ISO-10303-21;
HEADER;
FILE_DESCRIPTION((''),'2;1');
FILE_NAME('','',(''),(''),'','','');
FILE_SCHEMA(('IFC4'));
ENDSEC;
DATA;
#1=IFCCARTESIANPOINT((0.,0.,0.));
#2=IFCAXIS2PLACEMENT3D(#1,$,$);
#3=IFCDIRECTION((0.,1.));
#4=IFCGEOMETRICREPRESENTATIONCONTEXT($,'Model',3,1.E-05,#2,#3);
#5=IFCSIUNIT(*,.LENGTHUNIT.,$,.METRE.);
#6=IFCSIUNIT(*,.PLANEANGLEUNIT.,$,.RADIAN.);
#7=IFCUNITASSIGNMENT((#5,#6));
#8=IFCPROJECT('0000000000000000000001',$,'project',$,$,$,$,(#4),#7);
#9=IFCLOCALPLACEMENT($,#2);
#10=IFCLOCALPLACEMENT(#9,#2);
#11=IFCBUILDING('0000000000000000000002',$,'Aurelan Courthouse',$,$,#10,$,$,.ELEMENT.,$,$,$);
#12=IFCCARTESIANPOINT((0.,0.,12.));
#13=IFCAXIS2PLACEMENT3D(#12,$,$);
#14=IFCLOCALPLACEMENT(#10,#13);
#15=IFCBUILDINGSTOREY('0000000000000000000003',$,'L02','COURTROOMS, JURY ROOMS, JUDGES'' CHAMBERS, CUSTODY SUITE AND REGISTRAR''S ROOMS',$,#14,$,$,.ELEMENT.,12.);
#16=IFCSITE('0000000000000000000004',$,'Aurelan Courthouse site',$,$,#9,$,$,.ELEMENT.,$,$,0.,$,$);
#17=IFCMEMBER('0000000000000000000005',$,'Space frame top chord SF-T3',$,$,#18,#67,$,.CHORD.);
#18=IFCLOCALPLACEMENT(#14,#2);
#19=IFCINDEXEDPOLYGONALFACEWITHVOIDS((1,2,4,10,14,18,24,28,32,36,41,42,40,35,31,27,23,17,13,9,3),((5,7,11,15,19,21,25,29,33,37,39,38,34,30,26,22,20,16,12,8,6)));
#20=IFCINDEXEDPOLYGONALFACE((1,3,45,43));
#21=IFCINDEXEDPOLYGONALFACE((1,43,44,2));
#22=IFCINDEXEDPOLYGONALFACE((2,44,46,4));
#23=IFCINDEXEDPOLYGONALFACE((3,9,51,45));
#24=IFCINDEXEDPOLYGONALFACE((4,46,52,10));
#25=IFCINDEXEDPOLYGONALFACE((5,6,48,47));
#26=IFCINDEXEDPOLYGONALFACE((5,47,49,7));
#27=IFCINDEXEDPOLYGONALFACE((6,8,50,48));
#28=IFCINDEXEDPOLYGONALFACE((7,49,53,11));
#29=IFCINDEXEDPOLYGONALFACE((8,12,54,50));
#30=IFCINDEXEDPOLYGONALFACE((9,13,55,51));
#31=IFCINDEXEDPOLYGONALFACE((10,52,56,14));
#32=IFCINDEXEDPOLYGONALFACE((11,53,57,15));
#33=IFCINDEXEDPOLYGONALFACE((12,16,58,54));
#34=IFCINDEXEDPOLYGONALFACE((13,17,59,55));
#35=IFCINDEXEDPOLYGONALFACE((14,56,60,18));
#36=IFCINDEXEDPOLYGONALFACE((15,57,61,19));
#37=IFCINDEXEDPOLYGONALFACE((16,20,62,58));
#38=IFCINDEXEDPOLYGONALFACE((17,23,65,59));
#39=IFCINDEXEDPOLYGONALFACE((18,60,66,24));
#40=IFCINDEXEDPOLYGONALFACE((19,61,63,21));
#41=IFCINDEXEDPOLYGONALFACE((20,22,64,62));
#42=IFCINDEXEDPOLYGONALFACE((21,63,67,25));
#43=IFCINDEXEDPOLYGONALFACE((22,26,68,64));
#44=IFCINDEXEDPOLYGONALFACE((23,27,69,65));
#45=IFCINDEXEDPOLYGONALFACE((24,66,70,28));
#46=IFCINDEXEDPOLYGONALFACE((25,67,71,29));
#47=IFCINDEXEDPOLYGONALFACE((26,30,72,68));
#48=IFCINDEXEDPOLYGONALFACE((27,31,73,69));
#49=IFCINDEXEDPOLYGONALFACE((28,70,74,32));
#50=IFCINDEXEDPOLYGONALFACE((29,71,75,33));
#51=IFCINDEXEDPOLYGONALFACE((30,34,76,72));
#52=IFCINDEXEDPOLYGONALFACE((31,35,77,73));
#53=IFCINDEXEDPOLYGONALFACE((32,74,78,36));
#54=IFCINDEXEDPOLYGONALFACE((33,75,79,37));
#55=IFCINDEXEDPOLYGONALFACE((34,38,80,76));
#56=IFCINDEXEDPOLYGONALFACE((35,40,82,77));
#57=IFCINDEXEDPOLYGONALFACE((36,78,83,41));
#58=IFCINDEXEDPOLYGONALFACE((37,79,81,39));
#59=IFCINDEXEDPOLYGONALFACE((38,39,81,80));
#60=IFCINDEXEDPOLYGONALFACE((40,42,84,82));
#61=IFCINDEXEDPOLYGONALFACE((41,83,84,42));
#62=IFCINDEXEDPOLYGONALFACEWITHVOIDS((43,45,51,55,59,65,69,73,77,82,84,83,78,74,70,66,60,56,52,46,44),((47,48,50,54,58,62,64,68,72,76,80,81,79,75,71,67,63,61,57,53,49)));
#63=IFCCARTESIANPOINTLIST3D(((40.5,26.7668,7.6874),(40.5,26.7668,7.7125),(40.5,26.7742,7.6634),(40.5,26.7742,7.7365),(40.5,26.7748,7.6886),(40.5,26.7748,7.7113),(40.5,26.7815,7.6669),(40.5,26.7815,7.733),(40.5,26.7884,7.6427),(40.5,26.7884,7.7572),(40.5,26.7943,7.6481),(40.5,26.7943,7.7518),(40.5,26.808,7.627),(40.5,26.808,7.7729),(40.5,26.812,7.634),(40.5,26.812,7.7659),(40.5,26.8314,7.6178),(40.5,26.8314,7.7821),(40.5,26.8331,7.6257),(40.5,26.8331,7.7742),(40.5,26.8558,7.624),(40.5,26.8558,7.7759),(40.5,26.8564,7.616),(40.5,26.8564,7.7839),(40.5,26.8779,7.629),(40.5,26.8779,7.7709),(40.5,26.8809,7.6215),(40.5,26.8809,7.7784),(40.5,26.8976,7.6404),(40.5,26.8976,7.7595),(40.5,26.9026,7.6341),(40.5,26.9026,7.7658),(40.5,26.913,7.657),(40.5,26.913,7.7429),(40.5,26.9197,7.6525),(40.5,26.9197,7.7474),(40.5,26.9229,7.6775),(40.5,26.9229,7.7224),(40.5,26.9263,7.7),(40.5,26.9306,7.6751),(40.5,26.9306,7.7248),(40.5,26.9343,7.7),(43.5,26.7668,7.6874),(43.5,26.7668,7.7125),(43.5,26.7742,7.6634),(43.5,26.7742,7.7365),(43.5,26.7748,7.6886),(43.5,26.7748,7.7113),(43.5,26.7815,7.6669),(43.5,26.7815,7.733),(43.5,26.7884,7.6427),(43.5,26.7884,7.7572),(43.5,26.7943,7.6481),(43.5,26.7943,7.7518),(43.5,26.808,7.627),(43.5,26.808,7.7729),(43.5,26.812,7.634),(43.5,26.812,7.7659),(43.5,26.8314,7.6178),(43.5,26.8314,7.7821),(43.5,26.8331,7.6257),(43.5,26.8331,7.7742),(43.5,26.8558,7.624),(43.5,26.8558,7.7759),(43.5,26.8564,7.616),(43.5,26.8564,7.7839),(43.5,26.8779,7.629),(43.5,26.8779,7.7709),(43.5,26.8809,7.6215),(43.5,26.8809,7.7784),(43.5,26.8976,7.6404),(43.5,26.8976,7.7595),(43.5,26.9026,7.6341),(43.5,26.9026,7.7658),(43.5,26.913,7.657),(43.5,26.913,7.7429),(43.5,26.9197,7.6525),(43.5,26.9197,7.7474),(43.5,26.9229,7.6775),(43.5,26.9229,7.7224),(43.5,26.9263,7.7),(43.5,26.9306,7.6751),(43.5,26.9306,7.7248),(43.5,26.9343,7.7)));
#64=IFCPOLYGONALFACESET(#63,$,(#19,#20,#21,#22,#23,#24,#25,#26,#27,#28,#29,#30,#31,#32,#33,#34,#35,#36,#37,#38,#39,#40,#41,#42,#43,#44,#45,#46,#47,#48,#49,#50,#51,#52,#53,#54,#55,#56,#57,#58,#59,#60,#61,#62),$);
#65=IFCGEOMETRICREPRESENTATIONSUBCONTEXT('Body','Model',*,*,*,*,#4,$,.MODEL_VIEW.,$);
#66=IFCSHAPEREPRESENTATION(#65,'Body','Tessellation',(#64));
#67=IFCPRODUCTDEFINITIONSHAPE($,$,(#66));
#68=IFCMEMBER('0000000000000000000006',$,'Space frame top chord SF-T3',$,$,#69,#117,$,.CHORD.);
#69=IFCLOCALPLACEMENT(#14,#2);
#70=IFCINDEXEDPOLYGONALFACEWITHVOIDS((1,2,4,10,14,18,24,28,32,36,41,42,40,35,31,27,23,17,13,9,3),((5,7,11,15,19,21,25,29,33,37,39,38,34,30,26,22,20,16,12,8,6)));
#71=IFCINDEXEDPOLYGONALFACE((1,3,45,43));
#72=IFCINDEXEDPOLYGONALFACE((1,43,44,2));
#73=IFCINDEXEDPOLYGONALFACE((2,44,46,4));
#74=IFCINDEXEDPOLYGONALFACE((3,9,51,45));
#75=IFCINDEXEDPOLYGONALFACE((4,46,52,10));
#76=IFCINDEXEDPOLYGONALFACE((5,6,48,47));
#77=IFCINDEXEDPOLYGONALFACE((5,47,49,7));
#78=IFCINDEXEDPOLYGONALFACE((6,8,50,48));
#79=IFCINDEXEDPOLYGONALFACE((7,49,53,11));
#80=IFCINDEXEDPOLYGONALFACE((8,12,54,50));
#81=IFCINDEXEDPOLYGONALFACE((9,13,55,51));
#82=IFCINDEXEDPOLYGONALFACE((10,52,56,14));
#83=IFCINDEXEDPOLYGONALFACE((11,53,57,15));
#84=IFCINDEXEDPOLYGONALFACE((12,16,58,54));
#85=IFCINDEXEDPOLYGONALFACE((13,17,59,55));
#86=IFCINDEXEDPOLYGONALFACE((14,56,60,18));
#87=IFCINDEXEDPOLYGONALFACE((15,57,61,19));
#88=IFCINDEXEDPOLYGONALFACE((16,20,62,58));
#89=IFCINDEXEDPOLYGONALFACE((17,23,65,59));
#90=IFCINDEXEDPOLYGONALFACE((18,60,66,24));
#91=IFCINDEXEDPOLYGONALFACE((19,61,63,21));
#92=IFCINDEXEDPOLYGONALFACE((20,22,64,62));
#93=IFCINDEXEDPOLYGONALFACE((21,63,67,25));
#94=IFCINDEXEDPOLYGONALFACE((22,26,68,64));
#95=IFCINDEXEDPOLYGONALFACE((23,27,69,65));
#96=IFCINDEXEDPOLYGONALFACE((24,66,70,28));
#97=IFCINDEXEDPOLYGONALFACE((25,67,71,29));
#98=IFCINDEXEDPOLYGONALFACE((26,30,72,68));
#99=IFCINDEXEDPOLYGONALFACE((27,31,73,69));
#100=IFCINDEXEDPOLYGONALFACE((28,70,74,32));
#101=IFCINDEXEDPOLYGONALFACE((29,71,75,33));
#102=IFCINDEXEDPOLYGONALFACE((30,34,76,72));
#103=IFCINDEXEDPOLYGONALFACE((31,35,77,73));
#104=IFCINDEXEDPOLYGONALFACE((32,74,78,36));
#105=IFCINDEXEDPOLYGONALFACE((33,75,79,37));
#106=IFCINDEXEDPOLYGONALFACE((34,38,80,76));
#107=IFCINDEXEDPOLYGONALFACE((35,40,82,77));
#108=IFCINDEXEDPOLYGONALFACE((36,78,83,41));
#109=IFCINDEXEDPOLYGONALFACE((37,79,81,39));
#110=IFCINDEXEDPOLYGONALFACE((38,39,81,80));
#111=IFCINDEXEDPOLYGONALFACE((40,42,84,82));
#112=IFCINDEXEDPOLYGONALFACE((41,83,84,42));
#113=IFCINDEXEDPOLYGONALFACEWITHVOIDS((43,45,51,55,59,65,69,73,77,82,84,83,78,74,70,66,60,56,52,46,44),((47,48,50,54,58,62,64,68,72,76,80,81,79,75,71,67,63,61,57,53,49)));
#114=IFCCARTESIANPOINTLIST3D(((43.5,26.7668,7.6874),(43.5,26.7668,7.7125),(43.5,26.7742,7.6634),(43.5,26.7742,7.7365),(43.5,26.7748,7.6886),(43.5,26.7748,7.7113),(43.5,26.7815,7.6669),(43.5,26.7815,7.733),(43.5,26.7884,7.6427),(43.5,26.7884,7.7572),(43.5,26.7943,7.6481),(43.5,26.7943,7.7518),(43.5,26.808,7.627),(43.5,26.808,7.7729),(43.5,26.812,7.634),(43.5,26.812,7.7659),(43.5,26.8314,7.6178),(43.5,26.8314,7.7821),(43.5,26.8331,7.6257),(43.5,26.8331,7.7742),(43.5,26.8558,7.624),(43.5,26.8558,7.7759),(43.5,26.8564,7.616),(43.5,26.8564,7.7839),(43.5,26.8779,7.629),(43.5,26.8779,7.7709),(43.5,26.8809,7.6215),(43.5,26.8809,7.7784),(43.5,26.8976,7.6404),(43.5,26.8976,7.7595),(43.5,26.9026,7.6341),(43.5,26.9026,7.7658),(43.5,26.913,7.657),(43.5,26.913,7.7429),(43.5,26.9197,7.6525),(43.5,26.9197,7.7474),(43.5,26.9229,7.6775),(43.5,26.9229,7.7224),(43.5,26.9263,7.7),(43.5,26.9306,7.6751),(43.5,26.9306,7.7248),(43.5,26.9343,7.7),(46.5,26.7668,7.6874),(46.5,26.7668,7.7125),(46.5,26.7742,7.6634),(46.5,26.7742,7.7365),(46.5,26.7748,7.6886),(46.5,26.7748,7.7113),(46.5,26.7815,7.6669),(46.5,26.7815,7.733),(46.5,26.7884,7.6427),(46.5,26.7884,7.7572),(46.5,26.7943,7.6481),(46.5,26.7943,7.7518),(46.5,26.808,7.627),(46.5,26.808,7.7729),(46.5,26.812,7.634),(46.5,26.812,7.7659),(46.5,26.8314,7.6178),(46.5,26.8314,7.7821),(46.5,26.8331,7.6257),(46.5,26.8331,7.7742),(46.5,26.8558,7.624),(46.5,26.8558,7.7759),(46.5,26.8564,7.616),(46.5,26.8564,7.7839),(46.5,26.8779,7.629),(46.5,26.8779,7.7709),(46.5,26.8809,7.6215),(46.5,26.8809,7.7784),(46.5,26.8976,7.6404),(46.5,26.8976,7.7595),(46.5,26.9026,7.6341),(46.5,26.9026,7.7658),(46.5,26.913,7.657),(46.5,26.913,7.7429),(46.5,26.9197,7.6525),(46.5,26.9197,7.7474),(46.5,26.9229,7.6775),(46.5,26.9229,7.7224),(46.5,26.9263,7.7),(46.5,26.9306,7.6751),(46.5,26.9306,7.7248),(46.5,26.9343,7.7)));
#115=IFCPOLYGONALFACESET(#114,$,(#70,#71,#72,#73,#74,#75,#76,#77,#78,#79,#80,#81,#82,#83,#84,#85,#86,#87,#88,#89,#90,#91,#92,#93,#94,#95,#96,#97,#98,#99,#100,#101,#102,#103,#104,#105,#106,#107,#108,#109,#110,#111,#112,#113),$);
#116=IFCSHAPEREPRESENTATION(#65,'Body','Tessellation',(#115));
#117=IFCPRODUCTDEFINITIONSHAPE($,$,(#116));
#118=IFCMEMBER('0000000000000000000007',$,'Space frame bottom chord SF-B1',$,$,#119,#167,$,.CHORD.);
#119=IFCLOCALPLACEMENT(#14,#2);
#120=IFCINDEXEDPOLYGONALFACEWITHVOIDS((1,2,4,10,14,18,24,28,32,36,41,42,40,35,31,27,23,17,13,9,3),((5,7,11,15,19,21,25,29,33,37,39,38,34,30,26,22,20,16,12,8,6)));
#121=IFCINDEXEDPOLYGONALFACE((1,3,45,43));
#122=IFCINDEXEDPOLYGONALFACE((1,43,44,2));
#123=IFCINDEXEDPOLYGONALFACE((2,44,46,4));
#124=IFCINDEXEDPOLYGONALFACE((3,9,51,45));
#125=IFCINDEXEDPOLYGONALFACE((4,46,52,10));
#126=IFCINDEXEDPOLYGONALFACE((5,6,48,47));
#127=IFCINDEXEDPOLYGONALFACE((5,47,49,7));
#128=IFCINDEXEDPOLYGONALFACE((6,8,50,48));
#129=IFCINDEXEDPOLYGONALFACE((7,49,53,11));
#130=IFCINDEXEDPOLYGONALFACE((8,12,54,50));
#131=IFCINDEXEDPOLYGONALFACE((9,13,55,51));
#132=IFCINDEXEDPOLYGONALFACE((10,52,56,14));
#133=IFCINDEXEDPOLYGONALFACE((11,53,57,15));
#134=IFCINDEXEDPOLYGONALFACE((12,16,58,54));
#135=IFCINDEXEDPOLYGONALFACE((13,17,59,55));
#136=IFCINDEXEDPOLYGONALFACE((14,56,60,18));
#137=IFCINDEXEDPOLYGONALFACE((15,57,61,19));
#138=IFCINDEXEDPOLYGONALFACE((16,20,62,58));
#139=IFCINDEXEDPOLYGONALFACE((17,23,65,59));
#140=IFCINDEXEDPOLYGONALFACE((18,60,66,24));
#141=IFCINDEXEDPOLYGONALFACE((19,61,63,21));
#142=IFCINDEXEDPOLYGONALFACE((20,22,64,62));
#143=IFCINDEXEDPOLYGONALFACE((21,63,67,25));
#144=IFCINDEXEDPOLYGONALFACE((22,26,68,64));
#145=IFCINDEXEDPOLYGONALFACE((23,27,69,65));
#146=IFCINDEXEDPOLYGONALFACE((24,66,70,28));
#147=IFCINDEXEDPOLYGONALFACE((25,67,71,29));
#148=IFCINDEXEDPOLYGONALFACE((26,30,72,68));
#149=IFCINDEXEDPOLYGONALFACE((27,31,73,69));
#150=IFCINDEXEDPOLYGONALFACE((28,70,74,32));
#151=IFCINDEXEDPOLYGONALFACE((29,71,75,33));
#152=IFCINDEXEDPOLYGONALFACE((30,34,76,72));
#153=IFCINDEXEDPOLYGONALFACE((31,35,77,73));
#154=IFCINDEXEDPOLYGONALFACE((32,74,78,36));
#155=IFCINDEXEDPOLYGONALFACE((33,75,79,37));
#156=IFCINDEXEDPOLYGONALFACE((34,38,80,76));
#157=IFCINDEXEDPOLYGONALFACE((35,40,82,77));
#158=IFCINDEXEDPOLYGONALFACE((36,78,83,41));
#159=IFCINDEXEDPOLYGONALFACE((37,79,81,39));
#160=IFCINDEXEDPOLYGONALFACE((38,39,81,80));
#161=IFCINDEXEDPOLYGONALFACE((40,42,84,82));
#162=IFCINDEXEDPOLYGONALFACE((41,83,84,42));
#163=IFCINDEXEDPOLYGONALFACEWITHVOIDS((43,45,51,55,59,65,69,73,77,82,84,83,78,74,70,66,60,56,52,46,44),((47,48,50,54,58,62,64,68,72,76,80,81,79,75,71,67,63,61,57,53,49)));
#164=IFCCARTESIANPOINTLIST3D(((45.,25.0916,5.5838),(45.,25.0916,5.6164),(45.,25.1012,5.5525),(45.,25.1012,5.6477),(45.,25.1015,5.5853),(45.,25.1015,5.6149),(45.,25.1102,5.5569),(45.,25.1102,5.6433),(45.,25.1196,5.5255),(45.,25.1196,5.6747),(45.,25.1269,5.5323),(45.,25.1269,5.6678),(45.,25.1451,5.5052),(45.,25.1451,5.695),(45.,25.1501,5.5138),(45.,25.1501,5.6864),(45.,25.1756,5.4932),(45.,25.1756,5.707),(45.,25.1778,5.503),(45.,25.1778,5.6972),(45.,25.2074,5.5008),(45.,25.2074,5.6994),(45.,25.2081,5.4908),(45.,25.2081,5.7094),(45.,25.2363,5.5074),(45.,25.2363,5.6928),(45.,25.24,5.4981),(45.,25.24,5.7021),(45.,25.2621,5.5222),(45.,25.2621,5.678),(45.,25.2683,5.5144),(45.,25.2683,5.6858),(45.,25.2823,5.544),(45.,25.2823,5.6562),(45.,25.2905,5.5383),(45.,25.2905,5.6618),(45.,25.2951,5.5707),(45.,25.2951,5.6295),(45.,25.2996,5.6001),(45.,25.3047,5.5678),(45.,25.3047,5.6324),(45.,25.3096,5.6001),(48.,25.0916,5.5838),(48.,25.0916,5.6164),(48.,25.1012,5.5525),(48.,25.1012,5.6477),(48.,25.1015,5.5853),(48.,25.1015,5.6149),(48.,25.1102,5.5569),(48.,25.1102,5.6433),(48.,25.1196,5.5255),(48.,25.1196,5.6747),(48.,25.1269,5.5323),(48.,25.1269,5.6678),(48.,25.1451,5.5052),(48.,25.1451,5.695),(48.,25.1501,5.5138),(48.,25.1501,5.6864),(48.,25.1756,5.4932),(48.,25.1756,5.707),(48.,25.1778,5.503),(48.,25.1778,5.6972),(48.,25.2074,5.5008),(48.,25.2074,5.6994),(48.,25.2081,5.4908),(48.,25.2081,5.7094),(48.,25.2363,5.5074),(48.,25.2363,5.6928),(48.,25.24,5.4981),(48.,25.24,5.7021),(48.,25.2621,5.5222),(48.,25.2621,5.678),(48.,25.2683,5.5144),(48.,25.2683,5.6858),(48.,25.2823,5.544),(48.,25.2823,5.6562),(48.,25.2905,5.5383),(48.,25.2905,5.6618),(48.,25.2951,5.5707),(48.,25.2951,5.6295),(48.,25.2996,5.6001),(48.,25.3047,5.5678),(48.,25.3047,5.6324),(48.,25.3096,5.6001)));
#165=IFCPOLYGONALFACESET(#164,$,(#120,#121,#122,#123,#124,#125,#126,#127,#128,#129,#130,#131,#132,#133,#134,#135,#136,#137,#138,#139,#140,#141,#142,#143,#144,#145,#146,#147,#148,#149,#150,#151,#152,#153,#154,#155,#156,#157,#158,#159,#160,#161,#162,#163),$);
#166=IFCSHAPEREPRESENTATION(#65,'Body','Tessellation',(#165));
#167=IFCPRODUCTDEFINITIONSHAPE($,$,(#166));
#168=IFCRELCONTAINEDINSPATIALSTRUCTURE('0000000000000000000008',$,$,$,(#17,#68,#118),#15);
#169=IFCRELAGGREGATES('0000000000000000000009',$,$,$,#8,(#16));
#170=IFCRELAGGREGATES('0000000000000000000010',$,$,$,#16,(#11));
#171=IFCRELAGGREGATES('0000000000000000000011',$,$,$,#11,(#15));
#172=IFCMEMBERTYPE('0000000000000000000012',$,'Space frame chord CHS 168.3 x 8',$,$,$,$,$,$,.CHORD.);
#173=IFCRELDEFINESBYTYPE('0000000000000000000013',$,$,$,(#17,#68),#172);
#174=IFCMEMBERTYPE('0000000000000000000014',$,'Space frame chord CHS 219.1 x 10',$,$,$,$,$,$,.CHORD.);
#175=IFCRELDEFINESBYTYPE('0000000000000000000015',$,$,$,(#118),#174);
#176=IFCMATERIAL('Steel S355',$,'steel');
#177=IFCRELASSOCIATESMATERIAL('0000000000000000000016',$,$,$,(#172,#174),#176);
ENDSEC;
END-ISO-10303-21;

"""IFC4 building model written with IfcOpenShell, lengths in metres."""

from ifc_helpers import new_model, si_unit, direction, frame, origin, origin_2d, place, context, subcontext, project, spatial, hollow_circle, extrude, material, material_profile, profile_set, type_object, element, save


model = new_model("IFC4")

# Units and contexts
model_context = context("Model", 3, precision=1e-05, world=origin(), true_north=direction((0.0, 1.0)))
body_context = subcontext(model_context, "Body", "Model", "MODEL_VIEW")
ifc_project = project(units=[si_unit("LENGTHUNIT", "METRE"), si_unit("PLANEANGLEUNIT", "RADIAN")], contexts=[model_context])

# Site, building, storey
site_placement = place(None, origin())
site = spatial("IfcSite", under=ifc_project, at=site_placement, Name="Aurelan Courthouse site", CompositionType="ELEMENT", RefElevation=0.0)
building_placement = place(site_placement, origin())
building = spatial("IfcBuilding", under=site, at=building_placement, Name="Aurelan Courthouse", CompositionType="ELEMENT")
storey_placement = place(building_placement, frame((0.0, 0.0, 12.0)))
storey = spatial("IfcBuildingStorey", under=building, at=storey_placement, Name="L02", Description="COURTROOMS, JURY ROOMS, JUDGES' CHAMBERS, CUSTODY SUITE AND REGISTRAR'S ROOMS", CompositionType="ELEMENT", Elevation=12.0)

# Members
ifc_material_1 = material(Name="Steel S355", Category="steel")
ifc_material_profile_1 = material_profile(ifc_material_1, hollow_circle(Radius=0.0842, WallThickness=0.0081, at=origin_2d()), Name="CHS 168.3 x 8")
ifc_profile_set_1 = profile_set([ifc_material_profile_1], Name="Steel S355")
member_type_1 = type_object("IfcMemberType", Name="Space frame chord CHS 168.3 x 8", PredefinedType="CHORD", material=ifc_profile_set_1)
for number, where, z_axis, x_axis, name in (
    (1, (40.5, 26.8501, 7.7), (1.0, 0.0, 0.0), (0.0, 1.0, 0.0), "Space frame top chord SF-T3"),
    (2, (43.5, 26.8501, 7.7), (1.0, 0.0, 0.0), (0.0, 1.0, 0.0), "Space frame top chord SF-T3"),
):
    element("IfcMember", number, at=place(storey_placement, frame(where, z_axis=z_axis, x_axis=x_axis)), inside=storey, type_object=member_type_1, Name=name, PredefinedType="CHORD", context=body_context, shape_type="SweptSolid", body=[
        extrude(hollow_circle(Radius=0.0842, WallThickness=0.0081, at=origin_2d()), origin(), (0.0, 0.0, 1.0), 3.0),
    ])
ifc_material_profile_2 = material_profile(ifc_material_1, hollow_circle(Radius=0.1096, WallThickness=0.01, at=origin_2d()), Name="CHS 219.1 x 10")
ifc_profile_set_2 = profile_set([ifc_material_profile_2], Name="Steel S355")
member_type_2 = type_object("IfcMemberType", Name="Space frame chord CHS 219.1 x 10", PredefinedType="CHORD", material=ifc_profile_set_2)
for number, where, z_axis, x_axis, name in (
    (3, (45.0, 25.2, 5.6001), (1.0, 0.0, 0.0), (0.0, 1.0, 0.0), "Space frame bottom chord SF-B1"),
):
    element("IfcMember", number, at=place(storey_placement, frame(where, z_axis=z_axis, x_axis=x_axis)), inside=storey, type_object=member_type_2, Name=name, PredefinedType="CHORD", context=body_context, shape_type="SweptSolid", body=[
        extrude(hollow_circle(Radius=0.1096, WallThickness=0.01, at=origin_2d()), origin(), (0.0, 0.0, 1.0), 3.0),
    ])

save(model, "model.ifc")
